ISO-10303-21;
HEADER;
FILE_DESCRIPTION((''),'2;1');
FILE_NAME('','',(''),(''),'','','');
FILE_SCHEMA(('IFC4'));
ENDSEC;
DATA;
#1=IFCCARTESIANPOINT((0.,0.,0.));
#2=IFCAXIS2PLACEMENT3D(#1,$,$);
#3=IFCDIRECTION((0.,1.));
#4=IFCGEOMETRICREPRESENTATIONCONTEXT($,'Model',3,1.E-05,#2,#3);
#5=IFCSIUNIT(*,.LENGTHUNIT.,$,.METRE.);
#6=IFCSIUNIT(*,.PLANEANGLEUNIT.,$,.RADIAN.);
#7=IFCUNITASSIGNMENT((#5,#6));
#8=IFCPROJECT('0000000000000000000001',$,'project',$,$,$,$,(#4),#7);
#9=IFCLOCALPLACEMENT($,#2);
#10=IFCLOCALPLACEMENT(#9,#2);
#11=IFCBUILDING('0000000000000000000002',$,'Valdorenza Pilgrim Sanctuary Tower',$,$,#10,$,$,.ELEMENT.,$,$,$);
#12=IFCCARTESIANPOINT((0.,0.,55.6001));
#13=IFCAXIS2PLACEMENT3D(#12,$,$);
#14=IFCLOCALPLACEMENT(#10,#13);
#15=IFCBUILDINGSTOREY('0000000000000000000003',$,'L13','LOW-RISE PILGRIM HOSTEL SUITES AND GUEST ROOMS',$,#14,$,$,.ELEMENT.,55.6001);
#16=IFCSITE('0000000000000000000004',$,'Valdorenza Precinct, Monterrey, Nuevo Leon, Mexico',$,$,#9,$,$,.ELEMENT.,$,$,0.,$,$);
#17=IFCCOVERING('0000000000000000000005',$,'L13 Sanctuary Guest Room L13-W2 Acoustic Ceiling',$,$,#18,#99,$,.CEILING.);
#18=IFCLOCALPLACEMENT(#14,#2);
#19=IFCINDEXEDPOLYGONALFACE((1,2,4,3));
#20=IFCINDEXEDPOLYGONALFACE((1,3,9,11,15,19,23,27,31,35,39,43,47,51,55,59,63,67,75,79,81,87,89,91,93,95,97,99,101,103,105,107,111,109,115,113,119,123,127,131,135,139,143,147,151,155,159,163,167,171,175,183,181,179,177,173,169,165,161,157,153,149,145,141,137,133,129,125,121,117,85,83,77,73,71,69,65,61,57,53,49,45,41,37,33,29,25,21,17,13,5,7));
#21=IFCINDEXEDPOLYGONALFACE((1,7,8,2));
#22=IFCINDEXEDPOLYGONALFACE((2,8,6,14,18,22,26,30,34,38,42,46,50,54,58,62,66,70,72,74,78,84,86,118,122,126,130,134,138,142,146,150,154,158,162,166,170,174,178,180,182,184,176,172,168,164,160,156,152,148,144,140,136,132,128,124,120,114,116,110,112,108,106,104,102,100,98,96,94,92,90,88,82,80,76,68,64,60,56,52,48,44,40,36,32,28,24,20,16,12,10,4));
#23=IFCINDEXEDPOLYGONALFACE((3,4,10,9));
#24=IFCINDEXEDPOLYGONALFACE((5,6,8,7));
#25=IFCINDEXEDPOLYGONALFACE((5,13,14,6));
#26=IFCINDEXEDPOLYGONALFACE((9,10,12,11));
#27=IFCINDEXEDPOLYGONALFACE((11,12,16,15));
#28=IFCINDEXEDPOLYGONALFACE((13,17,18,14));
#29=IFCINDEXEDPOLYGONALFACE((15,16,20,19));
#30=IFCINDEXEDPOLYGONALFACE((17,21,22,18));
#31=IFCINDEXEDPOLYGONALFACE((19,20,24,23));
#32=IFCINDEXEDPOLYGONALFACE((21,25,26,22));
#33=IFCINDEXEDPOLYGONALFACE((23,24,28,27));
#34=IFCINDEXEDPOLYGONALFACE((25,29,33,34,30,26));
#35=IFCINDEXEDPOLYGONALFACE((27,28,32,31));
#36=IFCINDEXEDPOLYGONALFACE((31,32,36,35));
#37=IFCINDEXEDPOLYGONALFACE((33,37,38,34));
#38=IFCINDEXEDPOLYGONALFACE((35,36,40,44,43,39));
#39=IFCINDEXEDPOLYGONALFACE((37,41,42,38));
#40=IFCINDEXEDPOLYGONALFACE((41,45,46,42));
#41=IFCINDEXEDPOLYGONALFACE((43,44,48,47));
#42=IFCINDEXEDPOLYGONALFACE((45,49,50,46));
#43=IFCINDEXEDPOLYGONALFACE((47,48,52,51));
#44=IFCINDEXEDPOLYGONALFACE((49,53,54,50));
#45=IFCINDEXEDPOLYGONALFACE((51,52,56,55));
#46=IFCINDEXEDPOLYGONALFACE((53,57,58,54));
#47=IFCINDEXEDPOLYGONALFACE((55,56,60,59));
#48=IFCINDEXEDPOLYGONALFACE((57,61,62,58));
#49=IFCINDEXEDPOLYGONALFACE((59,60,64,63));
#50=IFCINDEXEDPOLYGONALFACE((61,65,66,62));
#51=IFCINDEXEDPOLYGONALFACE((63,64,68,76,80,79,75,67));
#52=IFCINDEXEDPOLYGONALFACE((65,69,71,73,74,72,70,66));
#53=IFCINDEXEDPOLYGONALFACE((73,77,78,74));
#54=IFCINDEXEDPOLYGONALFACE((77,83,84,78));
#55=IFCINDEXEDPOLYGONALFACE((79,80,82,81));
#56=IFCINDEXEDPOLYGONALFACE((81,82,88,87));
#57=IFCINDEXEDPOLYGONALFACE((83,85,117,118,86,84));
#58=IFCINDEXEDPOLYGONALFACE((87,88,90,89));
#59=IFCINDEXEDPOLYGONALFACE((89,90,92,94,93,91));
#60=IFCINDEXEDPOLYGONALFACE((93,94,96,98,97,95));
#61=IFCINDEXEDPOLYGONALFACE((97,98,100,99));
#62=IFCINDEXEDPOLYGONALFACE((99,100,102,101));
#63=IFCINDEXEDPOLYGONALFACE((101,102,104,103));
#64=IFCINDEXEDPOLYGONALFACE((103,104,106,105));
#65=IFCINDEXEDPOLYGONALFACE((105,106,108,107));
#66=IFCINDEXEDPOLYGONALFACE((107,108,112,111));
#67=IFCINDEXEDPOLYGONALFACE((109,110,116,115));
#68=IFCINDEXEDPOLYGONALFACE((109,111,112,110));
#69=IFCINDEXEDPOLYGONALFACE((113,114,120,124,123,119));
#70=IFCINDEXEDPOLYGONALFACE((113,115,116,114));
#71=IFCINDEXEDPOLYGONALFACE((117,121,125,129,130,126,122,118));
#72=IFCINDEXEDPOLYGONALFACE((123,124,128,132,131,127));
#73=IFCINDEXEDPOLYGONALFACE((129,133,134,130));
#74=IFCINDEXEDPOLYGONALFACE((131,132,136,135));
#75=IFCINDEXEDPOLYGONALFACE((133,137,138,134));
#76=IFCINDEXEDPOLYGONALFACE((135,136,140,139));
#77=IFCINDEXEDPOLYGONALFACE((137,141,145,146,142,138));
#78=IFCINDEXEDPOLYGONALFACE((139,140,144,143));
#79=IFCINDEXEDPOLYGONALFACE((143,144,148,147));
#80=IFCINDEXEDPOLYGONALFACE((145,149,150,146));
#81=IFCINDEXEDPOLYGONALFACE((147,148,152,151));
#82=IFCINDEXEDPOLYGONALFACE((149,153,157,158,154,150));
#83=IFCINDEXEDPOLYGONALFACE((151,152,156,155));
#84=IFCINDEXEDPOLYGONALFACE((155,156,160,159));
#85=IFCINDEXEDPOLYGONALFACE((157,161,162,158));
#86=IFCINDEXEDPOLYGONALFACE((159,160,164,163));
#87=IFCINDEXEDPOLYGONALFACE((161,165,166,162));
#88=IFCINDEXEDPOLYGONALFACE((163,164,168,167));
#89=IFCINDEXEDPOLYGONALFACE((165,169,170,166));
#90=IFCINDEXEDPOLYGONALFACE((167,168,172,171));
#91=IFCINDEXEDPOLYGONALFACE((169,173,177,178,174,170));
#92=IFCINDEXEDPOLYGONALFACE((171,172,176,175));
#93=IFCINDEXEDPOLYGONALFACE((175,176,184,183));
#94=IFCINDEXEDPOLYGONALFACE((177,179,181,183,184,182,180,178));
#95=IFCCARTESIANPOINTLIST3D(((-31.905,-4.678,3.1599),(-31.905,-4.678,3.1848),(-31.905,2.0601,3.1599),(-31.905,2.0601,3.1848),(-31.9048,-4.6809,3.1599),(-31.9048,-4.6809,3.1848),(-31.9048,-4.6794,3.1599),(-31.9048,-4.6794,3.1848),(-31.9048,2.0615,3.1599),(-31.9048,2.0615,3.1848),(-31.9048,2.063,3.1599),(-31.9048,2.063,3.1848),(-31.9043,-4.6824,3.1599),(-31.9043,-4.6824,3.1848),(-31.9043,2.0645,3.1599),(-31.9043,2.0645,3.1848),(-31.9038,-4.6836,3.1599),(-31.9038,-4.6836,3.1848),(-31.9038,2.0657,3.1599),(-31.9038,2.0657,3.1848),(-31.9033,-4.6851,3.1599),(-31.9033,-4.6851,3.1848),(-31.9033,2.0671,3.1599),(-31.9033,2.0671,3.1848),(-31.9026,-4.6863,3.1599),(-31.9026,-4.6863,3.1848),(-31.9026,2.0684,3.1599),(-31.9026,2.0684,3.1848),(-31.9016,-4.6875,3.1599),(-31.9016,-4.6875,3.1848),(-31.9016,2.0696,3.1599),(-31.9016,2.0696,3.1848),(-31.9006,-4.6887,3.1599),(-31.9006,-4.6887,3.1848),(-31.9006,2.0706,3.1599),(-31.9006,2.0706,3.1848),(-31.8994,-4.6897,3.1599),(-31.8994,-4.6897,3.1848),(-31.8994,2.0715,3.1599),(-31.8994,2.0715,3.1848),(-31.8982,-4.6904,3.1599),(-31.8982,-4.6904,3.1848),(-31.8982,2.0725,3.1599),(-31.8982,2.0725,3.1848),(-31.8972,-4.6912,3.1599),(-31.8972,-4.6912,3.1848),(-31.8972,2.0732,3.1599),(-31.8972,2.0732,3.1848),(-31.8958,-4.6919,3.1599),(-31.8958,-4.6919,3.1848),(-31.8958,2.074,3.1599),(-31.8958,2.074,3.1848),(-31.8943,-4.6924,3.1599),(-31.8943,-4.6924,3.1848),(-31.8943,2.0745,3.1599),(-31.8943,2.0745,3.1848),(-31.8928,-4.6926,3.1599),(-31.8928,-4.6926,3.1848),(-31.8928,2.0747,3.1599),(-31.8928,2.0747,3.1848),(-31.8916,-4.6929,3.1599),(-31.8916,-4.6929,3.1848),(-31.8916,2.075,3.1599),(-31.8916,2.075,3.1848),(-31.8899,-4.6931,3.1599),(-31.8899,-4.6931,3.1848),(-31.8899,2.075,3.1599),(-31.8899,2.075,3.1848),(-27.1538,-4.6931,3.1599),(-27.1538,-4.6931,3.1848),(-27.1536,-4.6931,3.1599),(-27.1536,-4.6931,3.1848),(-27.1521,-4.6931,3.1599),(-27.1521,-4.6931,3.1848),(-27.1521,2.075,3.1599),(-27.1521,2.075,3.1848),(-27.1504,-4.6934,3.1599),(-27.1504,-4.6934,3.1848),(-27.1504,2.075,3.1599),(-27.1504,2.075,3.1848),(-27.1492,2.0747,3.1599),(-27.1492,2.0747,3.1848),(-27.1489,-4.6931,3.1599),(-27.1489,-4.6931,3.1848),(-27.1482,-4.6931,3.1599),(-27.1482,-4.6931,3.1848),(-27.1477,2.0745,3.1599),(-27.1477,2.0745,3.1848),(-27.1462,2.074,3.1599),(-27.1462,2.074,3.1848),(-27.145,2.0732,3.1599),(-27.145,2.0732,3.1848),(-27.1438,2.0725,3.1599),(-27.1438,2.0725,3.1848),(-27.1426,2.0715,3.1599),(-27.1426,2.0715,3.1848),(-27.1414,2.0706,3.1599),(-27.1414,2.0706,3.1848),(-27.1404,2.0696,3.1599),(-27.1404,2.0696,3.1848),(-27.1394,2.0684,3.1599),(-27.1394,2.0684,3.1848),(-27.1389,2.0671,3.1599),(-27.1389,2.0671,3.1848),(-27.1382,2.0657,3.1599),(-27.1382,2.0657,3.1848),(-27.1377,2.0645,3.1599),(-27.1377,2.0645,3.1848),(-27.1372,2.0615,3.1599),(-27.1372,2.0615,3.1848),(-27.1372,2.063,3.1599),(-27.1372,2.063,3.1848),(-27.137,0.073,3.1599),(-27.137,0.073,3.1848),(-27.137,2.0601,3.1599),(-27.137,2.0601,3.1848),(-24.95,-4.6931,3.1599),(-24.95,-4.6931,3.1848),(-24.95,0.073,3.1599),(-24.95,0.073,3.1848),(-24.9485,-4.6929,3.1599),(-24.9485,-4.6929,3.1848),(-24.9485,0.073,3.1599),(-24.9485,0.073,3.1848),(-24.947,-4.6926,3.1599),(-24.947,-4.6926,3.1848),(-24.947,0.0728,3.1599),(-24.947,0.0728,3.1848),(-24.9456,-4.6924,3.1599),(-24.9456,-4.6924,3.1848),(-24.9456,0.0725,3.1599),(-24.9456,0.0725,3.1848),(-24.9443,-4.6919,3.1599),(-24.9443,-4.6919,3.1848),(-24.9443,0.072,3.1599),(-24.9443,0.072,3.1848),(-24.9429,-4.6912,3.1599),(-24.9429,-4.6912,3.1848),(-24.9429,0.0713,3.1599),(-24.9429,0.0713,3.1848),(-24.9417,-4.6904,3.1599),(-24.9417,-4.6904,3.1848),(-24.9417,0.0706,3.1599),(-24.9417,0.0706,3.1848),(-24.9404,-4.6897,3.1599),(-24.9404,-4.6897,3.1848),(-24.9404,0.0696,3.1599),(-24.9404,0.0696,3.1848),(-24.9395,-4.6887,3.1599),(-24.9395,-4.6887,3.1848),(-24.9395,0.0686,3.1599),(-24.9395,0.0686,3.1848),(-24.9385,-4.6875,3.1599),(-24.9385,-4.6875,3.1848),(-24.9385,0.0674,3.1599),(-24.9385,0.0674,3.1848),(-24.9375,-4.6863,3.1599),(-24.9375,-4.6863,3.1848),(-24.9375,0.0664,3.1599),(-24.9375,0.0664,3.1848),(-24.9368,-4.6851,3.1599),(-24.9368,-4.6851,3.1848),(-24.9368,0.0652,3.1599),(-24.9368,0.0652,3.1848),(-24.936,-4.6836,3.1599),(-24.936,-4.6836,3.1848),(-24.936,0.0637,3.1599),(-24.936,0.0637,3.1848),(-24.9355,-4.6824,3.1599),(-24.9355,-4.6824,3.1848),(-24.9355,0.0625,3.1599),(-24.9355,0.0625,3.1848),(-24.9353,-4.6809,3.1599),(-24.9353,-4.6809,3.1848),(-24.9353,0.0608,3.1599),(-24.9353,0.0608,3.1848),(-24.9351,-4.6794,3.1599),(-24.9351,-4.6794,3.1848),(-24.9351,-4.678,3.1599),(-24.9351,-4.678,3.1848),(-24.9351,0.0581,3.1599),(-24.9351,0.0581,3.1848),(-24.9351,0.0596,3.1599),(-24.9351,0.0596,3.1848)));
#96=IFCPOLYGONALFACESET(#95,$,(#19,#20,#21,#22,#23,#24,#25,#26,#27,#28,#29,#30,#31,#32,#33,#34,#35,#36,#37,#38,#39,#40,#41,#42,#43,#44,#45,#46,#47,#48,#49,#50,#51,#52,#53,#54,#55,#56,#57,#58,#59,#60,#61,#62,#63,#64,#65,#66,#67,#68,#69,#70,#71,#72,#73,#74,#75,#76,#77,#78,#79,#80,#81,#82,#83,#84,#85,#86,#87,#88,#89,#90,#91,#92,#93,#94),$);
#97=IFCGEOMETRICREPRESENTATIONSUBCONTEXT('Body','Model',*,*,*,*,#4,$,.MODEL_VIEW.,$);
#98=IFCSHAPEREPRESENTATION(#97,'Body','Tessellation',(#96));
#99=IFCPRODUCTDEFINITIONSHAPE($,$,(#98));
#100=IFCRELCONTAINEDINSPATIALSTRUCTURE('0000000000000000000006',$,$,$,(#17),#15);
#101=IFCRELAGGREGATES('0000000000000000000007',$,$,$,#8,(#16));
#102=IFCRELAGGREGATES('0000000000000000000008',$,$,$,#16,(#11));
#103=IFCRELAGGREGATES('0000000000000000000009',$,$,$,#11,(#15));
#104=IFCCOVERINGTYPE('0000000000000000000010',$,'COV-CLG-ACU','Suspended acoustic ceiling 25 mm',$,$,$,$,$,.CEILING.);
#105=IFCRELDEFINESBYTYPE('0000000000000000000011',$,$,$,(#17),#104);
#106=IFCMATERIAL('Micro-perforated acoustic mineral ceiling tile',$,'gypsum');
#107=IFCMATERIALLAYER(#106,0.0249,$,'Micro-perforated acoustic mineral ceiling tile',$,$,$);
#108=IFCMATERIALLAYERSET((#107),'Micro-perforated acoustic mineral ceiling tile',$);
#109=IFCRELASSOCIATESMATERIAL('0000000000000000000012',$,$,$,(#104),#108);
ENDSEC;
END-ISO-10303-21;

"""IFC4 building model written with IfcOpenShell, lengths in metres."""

from ifc_helpers import new_model, si_unit, direction, frame, origin, place, context, subcontext, project, spatial, polyline, outline, extrude, material, layer, layer_set, type_object, element, save


model = new_model("IFC4")

# Units and contexts
model_context = context("Model", 3, precision=1e-05, world=origin(), true_north=direction((0.0, 1.0)))
body_context = subcontext(model_context, "Body", "Model", "MODEL_VIEW")
ifc_project = project(units=[si_unit("LENGTHUNIT", "METRE"), si_unit("PLANEANGLEUNIT", "RADIAN")], contexts=[model_context])

# Site, building, storey
site_placement = place(None, origin())
site = spatial("IfcSite", under=ifc_project, at=site_placement, Name="Valdorenza Precinct, Monterrey, Nuevo Leon, Mexico", CompositionType="ELEMENT", RefElevation=0.0)
building_placement = place(site_placement, origin())
building = spatial("IfcBuilding", under=site, at=building_placement, Name="Valdorenza Pilgrim Sanctuary Tower", CompositionType="ELEMENT")
storey_placement = place(building_placement, frame((0.0, 0.0, 55.6001)))
storey = spatial("IfcBuildingStorey", under=building, at=storey_placement, Name="L13", Description="LOW-RISE PILGRIM HOSTEL SUITES AND GUEST ROOMS", CompositionType="ELEMENT", Elevation=55.6001)

# Covering
ifc_material_1 = material(Name="Micro-perforated acoustic mineral ceiling tile", Category="gypsum")
ifc_layer_1 = layer(ifc_material_1, 0.0249, Name="Micro-perforated acoustic mineral ceiling tile")
ifc_layer_set_1 = layer_set([ifc_layer_1], Name="Micro-perforated acoustic mineral ceiling tile")
covering_type_1 = type_object("IfcCoveringType", Name="COV-CLG-ACU", Description="Suspended acoustic ceiling 25 mm", PredefinedType="CEILING", material=ifc_layer_set_1)
covering_1_placement = place(storey_placement, frame((0.0, 0.0, 3.1599)))
element("IfcCovering", 1, at=covering_1_placement, inside=storey, type_object=covering_type_1, Name="L13 Sanctuary Guest Room L13-W2 Acoustic Ceiling", PredefinedType="CEILING", context=body_context, shape_type="SweptSolid", body=[
    extrude(outline(polyline([(-31.905, 2.0601), (-31.9048, 2.0615), (-31.9048, 2.063), (-31.9043, 2.0645), (-31.9038, 2.0657), (-31.9033, 2.0671), (-31.9026, 2.0684), (-31.9016, 2.0696), (-31.9006, 2.0706), (-31.8994, 2.0715), (-31.8982, 2.0725), (-31.8972, 2.0732), (-31.8958, 2.074), (-31.8943, 2.0745), (-31.8928, 2.0747), (-31.8916, 2.075), (-31.8899, 2.075), (-27.1521, 2.075), (-27.1504, 2.075), (-27.1492, 2.0747), (-27.1477, 2.0745), (-27.1462, 2.074), (-27.145, 2.0732), (-27.1438, 2.0725), (-27.1426, 2.0715), (-27.1414, 2.0706), (-27.1404, 2.0696), (-27.1394, 2.0684), (-27.1389, 2.0671), (-27.1382, 2.0657), (-27.1377, 2.0645), (-27.1372, 2.063), (-27.1372, 2.0615), (-27.137, 2.0601), (-27.137, 0.073), (-24.95, 0.073), (-24.9485, 0.073), (-24.947, 0.0728), (-24.9456, 0.0725), (-24.9443, 0.072), (-24.9429, 0.0713), (-24.9417, 0.0706), (-24.9404, 0.0696), (-24.9395, 0.0686), (-24.9385, 0.0674), (-24.9375, 0.0664), (-24.9368, 0.0652), (-24.936, 0.0637), (-24.9355, 0.0625), (-24.9353, 0.0608), (-24.9351, 0.0596), (-24.9351, 0.0581), (-24.9351, -4.678), (-24.9351, -4.6794), (-24.9353, -4.6809), (-24.9355, -4.6824), (-24.936, -4.6836), (-24.9368, -4.6851), (-24.9375, -4.6863), (-24.9385, -4.6875), (-24.9395, -4.6887), (-24.9404, -4.6897), (-24.9417, -4.6904), (-24.9429, -4.6912), (-24.9443, -4.6919), (-24.9456, -4.6924), (-24.947, -4.6926), (-24.9485, -4.6929), (-24.95, -4.6931), (-27.1482, -4.6931), (-27.1489, -4.6931), (-27.1504, -4.6934), (-27.1521, -4.6931), (-27.1536, -4.6931), (-27.1538, -4.6931), (-31.8899, -4.6931), (-31.8916, -4.6929), (-31.8928, -4.6926), (-31.8943, -4.6924), (-31.8958, -4.6919), (-31.8972, -4.6912), (-31.8982, -4.6904), (-31.8994, -4.6897), (-31.9006, -4.6887), (-31.9016, -4.6875), (-31.9026, -4.6863), (-31.9033, -4.6851), (-31.9038, -4.6836), (-31.9043, -4.6824), (-31.9048, -4.6809), (-31.9048, -4.6794), (-31.905, -4.678), (-31.905, 2.0601)])), origin(), (0.0, 0.0, 1.0), 0.0249),
])

save(model, "model.ifc")
